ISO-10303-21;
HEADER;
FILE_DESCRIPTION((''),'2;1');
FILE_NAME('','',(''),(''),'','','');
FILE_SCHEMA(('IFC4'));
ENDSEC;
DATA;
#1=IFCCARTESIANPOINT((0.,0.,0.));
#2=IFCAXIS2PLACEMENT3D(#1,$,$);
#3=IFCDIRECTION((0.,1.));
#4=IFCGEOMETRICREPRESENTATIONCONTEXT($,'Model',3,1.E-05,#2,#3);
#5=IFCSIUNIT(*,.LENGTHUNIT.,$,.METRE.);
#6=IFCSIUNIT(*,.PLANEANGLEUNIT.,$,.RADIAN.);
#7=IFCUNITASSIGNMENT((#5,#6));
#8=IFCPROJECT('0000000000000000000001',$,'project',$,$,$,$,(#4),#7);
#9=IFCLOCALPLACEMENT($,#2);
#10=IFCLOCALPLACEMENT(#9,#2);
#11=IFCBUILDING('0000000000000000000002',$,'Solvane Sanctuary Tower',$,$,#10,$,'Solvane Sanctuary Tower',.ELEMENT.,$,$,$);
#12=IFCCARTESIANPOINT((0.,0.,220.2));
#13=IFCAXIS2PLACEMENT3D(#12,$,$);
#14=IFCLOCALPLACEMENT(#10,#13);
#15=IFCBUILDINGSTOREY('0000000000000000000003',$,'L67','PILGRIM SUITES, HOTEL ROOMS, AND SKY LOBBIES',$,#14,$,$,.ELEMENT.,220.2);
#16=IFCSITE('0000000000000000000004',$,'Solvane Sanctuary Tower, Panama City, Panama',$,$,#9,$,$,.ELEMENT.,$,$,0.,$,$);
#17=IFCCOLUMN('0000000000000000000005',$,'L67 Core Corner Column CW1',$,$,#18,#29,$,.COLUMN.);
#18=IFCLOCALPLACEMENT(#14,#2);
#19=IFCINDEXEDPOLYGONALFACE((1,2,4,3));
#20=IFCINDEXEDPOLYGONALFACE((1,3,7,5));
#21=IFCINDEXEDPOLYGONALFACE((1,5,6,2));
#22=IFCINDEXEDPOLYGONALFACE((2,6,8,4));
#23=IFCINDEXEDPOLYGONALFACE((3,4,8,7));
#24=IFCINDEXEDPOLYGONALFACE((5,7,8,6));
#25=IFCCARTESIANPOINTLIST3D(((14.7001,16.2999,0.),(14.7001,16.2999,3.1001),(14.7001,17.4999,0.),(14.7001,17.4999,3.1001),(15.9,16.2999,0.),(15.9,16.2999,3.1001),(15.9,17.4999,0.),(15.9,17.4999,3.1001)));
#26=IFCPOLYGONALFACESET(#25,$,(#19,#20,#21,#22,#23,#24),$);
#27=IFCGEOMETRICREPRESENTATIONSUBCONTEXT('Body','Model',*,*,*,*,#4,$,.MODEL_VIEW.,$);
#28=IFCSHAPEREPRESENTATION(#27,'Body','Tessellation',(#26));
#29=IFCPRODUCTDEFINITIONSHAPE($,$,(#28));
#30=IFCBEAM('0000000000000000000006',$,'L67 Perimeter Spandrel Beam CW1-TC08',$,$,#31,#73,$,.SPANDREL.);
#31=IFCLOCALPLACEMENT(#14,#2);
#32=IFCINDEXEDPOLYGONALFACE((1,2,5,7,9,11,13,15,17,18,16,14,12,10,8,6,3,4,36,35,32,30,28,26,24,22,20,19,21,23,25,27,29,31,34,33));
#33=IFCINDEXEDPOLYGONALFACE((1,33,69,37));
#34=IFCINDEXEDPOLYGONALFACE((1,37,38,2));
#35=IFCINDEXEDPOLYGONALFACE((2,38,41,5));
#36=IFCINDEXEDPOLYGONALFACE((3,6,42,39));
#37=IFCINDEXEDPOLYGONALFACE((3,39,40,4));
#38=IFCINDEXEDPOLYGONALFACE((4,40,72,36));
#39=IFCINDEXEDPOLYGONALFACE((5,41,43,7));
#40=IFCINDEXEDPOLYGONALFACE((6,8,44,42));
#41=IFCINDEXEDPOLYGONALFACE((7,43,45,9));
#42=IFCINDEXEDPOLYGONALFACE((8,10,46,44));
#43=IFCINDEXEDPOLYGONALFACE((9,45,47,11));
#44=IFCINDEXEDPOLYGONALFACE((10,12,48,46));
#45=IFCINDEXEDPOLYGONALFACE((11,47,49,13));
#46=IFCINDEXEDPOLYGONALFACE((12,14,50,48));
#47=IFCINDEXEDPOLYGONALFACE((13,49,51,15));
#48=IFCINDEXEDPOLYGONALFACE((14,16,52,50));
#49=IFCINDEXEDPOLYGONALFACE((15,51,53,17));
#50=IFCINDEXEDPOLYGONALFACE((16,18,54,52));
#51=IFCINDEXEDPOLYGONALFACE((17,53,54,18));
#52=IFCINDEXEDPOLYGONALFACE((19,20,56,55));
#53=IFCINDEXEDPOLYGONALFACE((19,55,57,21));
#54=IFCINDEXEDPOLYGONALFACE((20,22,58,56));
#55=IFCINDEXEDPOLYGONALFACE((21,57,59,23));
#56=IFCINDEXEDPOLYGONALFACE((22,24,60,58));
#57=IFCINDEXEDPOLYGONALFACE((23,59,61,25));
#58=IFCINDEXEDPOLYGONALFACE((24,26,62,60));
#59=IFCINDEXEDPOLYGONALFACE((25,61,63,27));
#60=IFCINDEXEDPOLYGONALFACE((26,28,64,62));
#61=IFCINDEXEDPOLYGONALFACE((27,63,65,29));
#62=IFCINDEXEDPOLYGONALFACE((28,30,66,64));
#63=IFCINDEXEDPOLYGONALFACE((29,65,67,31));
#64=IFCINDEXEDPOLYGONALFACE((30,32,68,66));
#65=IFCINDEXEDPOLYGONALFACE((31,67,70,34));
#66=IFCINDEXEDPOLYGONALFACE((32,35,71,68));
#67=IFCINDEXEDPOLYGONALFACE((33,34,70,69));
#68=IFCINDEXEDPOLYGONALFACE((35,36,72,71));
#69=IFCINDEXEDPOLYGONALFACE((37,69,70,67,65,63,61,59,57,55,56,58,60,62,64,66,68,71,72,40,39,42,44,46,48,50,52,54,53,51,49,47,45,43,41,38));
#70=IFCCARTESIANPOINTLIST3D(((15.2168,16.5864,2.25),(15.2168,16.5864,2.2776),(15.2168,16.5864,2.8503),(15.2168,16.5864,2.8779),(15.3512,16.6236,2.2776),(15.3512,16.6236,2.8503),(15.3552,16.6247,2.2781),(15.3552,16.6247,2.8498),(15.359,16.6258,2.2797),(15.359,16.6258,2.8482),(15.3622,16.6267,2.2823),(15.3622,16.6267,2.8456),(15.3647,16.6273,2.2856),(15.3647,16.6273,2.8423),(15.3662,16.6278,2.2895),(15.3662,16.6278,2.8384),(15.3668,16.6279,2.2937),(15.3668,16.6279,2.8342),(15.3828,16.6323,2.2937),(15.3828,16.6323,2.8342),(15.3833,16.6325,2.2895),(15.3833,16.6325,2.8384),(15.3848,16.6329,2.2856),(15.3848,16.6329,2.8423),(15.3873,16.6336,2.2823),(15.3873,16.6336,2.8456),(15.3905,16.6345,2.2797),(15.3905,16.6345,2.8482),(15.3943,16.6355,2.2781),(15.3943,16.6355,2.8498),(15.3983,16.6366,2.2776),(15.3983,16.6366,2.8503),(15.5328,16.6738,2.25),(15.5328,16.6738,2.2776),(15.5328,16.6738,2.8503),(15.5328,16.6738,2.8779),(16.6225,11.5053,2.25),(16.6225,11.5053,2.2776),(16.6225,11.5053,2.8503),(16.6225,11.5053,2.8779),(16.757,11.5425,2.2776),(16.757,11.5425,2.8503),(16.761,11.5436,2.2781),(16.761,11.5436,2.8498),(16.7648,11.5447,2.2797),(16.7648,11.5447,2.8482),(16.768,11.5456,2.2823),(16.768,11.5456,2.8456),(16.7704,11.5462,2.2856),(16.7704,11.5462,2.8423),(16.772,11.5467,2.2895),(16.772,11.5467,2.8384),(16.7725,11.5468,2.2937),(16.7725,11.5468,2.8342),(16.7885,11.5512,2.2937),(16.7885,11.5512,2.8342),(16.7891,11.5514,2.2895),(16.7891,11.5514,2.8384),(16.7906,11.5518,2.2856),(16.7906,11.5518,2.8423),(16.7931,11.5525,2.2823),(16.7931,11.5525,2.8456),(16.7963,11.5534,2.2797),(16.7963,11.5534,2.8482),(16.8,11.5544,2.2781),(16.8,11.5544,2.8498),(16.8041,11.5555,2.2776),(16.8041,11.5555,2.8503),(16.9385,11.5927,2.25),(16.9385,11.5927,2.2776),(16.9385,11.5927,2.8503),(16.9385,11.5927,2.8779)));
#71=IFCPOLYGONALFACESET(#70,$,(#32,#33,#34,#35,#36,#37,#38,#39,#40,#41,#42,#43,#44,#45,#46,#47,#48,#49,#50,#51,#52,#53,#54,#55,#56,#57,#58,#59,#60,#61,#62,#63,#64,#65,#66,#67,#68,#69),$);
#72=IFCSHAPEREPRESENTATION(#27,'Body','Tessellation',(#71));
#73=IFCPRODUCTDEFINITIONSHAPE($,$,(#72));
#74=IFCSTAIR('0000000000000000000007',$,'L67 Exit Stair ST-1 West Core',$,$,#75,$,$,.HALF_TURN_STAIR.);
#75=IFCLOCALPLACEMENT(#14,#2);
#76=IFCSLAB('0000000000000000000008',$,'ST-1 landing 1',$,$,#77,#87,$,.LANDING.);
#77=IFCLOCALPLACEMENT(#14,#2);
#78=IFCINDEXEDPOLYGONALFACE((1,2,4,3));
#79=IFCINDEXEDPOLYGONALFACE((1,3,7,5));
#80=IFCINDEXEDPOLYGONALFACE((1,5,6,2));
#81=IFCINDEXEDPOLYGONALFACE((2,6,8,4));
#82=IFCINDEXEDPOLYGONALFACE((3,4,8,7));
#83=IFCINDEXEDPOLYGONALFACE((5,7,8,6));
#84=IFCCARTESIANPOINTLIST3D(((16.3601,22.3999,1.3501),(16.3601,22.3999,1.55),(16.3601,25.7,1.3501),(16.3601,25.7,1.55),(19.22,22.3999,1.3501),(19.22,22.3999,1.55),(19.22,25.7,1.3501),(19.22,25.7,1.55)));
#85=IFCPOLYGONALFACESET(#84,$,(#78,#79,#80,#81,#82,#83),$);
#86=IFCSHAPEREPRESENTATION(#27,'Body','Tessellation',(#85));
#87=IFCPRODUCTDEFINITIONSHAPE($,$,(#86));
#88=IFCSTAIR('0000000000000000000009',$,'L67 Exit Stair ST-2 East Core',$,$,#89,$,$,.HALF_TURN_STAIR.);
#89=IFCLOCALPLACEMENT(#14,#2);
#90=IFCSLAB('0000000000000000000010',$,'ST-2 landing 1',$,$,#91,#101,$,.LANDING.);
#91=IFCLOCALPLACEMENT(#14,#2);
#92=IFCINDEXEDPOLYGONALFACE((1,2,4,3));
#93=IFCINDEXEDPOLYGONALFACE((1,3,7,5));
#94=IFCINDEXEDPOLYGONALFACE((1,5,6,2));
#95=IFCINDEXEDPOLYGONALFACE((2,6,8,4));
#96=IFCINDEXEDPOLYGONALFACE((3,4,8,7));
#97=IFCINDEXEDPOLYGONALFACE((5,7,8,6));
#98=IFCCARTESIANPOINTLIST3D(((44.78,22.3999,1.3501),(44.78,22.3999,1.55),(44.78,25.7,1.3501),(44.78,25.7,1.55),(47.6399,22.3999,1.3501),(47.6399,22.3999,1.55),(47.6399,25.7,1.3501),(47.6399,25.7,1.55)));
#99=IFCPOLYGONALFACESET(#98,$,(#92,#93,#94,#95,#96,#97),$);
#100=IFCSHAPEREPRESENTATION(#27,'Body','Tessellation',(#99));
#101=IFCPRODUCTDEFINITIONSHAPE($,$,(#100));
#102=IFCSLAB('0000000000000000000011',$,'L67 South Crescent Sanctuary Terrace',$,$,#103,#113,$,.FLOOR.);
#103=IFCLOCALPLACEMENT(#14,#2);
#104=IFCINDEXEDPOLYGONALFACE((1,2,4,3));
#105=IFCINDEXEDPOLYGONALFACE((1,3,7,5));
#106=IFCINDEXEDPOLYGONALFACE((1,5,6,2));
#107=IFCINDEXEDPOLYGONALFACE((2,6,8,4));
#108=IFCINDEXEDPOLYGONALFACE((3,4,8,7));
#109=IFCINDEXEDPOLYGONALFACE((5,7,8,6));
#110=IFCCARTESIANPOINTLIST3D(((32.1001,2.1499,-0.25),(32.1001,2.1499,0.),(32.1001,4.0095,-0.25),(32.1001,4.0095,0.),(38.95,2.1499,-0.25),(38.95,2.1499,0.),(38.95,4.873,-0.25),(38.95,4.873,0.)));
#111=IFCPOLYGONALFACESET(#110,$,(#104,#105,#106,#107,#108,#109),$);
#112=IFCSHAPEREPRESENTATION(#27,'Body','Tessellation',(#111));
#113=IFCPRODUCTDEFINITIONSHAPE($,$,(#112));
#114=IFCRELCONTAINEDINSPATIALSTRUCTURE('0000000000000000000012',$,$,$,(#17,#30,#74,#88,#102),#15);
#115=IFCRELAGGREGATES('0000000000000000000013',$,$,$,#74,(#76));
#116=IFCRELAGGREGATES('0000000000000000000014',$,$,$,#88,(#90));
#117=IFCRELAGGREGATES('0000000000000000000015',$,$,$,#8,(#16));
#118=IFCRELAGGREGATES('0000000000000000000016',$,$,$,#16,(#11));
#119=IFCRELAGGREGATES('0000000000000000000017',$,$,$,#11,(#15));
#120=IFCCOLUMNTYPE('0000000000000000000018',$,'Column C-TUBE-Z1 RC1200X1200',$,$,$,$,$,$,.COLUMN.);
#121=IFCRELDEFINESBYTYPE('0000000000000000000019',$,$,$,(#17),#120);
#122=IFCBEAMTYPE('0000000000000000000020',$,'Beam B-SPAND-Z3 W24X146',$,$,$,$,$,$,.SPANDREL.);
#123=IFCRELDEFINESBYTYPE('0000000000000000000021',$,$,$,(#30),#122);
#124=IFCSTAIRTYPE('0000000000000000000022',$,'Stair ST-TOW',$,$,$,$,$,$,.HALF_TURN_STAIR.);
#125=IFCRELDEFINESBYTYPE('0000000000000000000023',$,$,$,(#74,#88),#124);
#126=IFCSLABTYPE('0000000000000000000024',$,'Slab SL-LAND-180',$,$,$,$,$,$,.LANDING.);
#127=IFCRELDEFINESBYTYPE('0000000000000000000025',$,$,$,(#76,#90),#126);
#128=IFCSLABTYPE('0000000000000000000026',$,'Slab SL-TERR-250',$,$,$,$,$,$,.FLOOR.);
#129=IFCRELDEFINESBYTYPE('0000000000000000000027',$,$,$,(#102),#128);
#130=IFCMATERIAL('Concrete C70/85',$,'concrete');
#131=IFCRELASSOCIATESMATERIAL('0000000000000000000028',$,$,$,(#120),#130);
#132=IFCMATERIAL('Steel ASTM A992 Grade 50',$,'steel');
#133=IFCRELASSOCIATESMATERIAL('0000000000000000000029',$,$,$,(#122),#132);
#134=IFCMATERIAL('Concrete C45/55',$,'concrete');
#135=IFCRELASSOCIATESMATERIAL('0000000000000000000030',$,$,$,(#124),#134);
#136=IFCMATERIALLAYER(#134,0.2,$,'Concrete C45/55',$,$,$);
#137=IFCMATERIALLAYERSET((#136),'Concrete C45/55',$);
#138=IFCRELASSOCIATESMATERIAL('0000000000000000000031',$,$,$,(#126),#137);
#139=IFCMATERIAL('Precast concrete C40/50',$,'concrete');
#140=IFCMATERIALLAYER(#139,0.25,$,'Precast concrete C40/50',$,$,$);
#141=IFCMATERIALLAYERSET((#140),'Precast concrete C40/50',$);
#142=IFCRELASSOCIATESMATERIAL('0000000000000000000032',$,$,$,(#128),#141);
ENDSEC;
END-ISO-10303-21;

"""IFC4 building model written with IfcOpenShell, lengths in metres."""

from ifc_helpers import new_model, si_unit, direction, frame, origin, origin_2d, place, context, subcontext, project, spatial, polyline, rectangle, i_section, outline, extrude, material, layer, layer_set, material_profile, profile_set, type_object, element, aggregate, save


model = new_model("IFC4")

# Units and contexts
model_context = context("Model", 3, precision=1e-05, world=origin(), true_north=direction((0.0, 1.0)))
body_context = subcontext(model_context, "Body", "Model", "MODEL_VIEW")
ifc_project = project(units=[si_unit("LENGTHUNIT", "METRE"), si_unit("PLANEANGLEUNIT", "RADIAN")], contexts=[model_context])

# Site, building, storey
site_placement = place(None, origin())
site = spatial("IfcSite", under=ifc_project, at=site_placement, Name="Solvane Sanctuary Tower, Panama City, Panama", CompositionType="ELEMENT", RefElevation=0.0)
building_placement = place(site_placement, origin())
building = spatial("IfcBuilding", under=site, at=building_placement, Name="Solvane Sanctuary Tower", LongName="Solvane Sanctuary Tower", CompositionType="ELEMENT")
storey_placement = place(building_placement, frame((0.0, 0.0, 220.2)))
storey = spatial("IfcBuildingStorey", under=building, at=storey_placement, Name="L67", Description="PILGRIM SUITES, HOTEL ROOMS, AND SKY LOBBIES", CompositionType="ELEMENT", Elevation=220.2)

# Column
ifc_material_1 = material(Name="Concrete C70/85", Category="concrete")
ifc_material_profile_1 = material_profile(ifc_material_1, rectangle(XDim=1.2, YDim=1.2, at=origin_2d()), Name="RC1200X1200")
ifc_profile_set_1 = profile_set([ifc_material_profile_1], Name="Concrete C70/85")
column_type = type_object("IfcColumnType", Name="Column C-TUBE-Z1 RC1200X1200", PredefinedType="COLUMN", material=ifc_profile_set_1)
column_placement = place(storey_placement, frame((15.3, 16.8999, 0.0), z_axis=(0.0, 0.0, 1.0), x_axis=(1.0, 0.0, 0.0)))
element("IfcColumn", 1, at=column_placement, inside=storey, type_object=column_type, Name="L67 Core Corner Column CW1", PredefinedType="COLUMN", context=body_context, shape_type="SweptSolid", body=[
    extrude(rectangle(XDim=1.2, YDim=1.2, at=origin_2d()), origin(), (0.0, 0.0, 1.0), 3.1001),
])

# Beam
ifc_material_2 = material(Name="Steel ASTM A992 Grade 50", Category="steel")
ifc_material_profile_2 = material_profile(ifc_material_2, i_section(OverallWidth=0.3279, OverallDepth=0.6279, WebThickness=0.0166, FlangeThickness=0.0276, FilletRadius=0.0161, at=origin_2d()), Name="W24X146")
ifc_profile_set_2 = profile_set([ifc_material_profile_2], Name="Steel ASTM A992 Grade 50")
beam_type = type_object("IfcBeamType", Name="Beam B-SPAND-Z3 W24X146", PredefinedType="SPANDREL", material=ifc_profile_set_2)
beam_placement = place(storey_placement, frame((15.3748, 16.6301, 2.564), z_axis=(0.26665, -0.963793, 0.0), x_axis=(0.963793, 0.26665, 0.0)))
element("IfcBeam", 2, at=beam_placement, inside=storey, type_object=beam_type, Name="L67 Perimeter Spandrel Beam CW1-TC08", PredefinedType="SPANDREL", context=body_context, shape_type="SweptSolid", body=[
    extrude(i_section(OverallWidth=0.3279, OverallDepth=0.6279, WebThickness=0.0166, FlangeThickness=0.0276, FilletRadius=0.0161, at=origin_2d()), origin(), (0.0, 0.0, 1.0), 5.272),
])

# Stairs, slabs
ifc_material_3 = material(Name="Concrete C45/55", Category="concrete")
stair_type = type_object("IfcStairType", Name="Stair ST-TOW", PredefinedType="HALF_TURN_STAIR", material=ifc_material_3)
stair_1_placement = place(storey_placement, origin())
stair_1 = element("IfcStair", 3, at=stair_1_placement, inside=storey, type_object=stair_type, Name="L67 Exit Stair ST-1 West Core", PredefinedType="HALF_TURN_STAIR")
ifc_layer_1 = layer(ifc_material_3, 0.2, Name="Concrete C45/55")
ifc_layer_set_1 = layer_set([ifc_layer_1], Name="Concrete C45/55")
slab_type_1 = type_object("IfcSlabType", Name="Slab SL-LAND-180", PredefinedType="LANDING", material=ifc_layer_set_1)
slab_1_placement = place(storey_placement, frame((0.0, 0.0, 1.3501)))
slab_1 = element("IfcSlab", 4, at=slab_1_placement, type_object=slab_type_1, Name="ST-1 landing 1", PredefinedType="LANDING", context=body_context, shape_type="SweptSolid", body=[
    extrude(outline(polyline([(19.22, 22.3999), (19.22, 25.7), (16.3601, 25.7), (16.3601, 22.3999), (19.22, 22.3999)])), origin(), (0.0, 0.0, 1.0), 0.2),
])
aggregate(stair_1, [slab_1])
stair_2_placement = place(storey_placement, origin())
stair_2 = element("IfcStair", 5, at=stair_2_placement, inside=storey, type_object=stair_type, Name="L67 Exit Stair ST-2 East Core", PredefinedType="HALF_TURN_STAIR")
slab_2_placement = place(storey_placement, frame((0.0, 0.0, 1.3501)))
slab_2 = element("IfcSlab", 6, at=slab_2_placement, type_object=slab_type_1, Name="ST-2 landing 1", PredefinedType="LANDING", context=body_context, shape_type="SweptSolid", body=[
    extrude(outline(polyline([(47.6399, 22.3999), (47.6399, 25.7), (44.78, 25.7), (44.78, 22.3999), (47.6399, 22.3999)])), origin(), (0.0, 0.0, 1.0), 0.2),
])
aggregate(stair_2, [slab_2])

# Slab
ifc_material_4 = material(Name="Precast concrete C40/50", Category="concrete")
ifc_layer_2 = layer(ifc_material_4, 0.25, Name="Precast concrete C40/50")
ifc_layer_set_2 = layer_set([ifc_layer_2], Name="Precast concrete C40/50")
slab_type_2 = type_object("IfcSlabType", Name="Slab SL-TERR-250", PredefinedType="FLOOR", material=ifc_layer_set_2)
slab_3_placement = place(storey_placement, frame((0.0, 0.0, -0.25)))
element("IfcSlab", 7, at=slab_3_placement, inside=storey, type_object=slab_type_2, Name="L67 South Crescent Sanctuary Terrace", PredefinedType="FLOOR", context=body_context, shape_type="SweptSolid", body=[
    extrude(outline(polyline([(38.95, 4.873), (32.1001, 4.0095), (32.1001, 2.1499), (38.95, 2.1499), (38.95, 4.873)])), origin(), (0.0, 0.0, 1.0), 0.25),
])

save(model, "model.ifc")
